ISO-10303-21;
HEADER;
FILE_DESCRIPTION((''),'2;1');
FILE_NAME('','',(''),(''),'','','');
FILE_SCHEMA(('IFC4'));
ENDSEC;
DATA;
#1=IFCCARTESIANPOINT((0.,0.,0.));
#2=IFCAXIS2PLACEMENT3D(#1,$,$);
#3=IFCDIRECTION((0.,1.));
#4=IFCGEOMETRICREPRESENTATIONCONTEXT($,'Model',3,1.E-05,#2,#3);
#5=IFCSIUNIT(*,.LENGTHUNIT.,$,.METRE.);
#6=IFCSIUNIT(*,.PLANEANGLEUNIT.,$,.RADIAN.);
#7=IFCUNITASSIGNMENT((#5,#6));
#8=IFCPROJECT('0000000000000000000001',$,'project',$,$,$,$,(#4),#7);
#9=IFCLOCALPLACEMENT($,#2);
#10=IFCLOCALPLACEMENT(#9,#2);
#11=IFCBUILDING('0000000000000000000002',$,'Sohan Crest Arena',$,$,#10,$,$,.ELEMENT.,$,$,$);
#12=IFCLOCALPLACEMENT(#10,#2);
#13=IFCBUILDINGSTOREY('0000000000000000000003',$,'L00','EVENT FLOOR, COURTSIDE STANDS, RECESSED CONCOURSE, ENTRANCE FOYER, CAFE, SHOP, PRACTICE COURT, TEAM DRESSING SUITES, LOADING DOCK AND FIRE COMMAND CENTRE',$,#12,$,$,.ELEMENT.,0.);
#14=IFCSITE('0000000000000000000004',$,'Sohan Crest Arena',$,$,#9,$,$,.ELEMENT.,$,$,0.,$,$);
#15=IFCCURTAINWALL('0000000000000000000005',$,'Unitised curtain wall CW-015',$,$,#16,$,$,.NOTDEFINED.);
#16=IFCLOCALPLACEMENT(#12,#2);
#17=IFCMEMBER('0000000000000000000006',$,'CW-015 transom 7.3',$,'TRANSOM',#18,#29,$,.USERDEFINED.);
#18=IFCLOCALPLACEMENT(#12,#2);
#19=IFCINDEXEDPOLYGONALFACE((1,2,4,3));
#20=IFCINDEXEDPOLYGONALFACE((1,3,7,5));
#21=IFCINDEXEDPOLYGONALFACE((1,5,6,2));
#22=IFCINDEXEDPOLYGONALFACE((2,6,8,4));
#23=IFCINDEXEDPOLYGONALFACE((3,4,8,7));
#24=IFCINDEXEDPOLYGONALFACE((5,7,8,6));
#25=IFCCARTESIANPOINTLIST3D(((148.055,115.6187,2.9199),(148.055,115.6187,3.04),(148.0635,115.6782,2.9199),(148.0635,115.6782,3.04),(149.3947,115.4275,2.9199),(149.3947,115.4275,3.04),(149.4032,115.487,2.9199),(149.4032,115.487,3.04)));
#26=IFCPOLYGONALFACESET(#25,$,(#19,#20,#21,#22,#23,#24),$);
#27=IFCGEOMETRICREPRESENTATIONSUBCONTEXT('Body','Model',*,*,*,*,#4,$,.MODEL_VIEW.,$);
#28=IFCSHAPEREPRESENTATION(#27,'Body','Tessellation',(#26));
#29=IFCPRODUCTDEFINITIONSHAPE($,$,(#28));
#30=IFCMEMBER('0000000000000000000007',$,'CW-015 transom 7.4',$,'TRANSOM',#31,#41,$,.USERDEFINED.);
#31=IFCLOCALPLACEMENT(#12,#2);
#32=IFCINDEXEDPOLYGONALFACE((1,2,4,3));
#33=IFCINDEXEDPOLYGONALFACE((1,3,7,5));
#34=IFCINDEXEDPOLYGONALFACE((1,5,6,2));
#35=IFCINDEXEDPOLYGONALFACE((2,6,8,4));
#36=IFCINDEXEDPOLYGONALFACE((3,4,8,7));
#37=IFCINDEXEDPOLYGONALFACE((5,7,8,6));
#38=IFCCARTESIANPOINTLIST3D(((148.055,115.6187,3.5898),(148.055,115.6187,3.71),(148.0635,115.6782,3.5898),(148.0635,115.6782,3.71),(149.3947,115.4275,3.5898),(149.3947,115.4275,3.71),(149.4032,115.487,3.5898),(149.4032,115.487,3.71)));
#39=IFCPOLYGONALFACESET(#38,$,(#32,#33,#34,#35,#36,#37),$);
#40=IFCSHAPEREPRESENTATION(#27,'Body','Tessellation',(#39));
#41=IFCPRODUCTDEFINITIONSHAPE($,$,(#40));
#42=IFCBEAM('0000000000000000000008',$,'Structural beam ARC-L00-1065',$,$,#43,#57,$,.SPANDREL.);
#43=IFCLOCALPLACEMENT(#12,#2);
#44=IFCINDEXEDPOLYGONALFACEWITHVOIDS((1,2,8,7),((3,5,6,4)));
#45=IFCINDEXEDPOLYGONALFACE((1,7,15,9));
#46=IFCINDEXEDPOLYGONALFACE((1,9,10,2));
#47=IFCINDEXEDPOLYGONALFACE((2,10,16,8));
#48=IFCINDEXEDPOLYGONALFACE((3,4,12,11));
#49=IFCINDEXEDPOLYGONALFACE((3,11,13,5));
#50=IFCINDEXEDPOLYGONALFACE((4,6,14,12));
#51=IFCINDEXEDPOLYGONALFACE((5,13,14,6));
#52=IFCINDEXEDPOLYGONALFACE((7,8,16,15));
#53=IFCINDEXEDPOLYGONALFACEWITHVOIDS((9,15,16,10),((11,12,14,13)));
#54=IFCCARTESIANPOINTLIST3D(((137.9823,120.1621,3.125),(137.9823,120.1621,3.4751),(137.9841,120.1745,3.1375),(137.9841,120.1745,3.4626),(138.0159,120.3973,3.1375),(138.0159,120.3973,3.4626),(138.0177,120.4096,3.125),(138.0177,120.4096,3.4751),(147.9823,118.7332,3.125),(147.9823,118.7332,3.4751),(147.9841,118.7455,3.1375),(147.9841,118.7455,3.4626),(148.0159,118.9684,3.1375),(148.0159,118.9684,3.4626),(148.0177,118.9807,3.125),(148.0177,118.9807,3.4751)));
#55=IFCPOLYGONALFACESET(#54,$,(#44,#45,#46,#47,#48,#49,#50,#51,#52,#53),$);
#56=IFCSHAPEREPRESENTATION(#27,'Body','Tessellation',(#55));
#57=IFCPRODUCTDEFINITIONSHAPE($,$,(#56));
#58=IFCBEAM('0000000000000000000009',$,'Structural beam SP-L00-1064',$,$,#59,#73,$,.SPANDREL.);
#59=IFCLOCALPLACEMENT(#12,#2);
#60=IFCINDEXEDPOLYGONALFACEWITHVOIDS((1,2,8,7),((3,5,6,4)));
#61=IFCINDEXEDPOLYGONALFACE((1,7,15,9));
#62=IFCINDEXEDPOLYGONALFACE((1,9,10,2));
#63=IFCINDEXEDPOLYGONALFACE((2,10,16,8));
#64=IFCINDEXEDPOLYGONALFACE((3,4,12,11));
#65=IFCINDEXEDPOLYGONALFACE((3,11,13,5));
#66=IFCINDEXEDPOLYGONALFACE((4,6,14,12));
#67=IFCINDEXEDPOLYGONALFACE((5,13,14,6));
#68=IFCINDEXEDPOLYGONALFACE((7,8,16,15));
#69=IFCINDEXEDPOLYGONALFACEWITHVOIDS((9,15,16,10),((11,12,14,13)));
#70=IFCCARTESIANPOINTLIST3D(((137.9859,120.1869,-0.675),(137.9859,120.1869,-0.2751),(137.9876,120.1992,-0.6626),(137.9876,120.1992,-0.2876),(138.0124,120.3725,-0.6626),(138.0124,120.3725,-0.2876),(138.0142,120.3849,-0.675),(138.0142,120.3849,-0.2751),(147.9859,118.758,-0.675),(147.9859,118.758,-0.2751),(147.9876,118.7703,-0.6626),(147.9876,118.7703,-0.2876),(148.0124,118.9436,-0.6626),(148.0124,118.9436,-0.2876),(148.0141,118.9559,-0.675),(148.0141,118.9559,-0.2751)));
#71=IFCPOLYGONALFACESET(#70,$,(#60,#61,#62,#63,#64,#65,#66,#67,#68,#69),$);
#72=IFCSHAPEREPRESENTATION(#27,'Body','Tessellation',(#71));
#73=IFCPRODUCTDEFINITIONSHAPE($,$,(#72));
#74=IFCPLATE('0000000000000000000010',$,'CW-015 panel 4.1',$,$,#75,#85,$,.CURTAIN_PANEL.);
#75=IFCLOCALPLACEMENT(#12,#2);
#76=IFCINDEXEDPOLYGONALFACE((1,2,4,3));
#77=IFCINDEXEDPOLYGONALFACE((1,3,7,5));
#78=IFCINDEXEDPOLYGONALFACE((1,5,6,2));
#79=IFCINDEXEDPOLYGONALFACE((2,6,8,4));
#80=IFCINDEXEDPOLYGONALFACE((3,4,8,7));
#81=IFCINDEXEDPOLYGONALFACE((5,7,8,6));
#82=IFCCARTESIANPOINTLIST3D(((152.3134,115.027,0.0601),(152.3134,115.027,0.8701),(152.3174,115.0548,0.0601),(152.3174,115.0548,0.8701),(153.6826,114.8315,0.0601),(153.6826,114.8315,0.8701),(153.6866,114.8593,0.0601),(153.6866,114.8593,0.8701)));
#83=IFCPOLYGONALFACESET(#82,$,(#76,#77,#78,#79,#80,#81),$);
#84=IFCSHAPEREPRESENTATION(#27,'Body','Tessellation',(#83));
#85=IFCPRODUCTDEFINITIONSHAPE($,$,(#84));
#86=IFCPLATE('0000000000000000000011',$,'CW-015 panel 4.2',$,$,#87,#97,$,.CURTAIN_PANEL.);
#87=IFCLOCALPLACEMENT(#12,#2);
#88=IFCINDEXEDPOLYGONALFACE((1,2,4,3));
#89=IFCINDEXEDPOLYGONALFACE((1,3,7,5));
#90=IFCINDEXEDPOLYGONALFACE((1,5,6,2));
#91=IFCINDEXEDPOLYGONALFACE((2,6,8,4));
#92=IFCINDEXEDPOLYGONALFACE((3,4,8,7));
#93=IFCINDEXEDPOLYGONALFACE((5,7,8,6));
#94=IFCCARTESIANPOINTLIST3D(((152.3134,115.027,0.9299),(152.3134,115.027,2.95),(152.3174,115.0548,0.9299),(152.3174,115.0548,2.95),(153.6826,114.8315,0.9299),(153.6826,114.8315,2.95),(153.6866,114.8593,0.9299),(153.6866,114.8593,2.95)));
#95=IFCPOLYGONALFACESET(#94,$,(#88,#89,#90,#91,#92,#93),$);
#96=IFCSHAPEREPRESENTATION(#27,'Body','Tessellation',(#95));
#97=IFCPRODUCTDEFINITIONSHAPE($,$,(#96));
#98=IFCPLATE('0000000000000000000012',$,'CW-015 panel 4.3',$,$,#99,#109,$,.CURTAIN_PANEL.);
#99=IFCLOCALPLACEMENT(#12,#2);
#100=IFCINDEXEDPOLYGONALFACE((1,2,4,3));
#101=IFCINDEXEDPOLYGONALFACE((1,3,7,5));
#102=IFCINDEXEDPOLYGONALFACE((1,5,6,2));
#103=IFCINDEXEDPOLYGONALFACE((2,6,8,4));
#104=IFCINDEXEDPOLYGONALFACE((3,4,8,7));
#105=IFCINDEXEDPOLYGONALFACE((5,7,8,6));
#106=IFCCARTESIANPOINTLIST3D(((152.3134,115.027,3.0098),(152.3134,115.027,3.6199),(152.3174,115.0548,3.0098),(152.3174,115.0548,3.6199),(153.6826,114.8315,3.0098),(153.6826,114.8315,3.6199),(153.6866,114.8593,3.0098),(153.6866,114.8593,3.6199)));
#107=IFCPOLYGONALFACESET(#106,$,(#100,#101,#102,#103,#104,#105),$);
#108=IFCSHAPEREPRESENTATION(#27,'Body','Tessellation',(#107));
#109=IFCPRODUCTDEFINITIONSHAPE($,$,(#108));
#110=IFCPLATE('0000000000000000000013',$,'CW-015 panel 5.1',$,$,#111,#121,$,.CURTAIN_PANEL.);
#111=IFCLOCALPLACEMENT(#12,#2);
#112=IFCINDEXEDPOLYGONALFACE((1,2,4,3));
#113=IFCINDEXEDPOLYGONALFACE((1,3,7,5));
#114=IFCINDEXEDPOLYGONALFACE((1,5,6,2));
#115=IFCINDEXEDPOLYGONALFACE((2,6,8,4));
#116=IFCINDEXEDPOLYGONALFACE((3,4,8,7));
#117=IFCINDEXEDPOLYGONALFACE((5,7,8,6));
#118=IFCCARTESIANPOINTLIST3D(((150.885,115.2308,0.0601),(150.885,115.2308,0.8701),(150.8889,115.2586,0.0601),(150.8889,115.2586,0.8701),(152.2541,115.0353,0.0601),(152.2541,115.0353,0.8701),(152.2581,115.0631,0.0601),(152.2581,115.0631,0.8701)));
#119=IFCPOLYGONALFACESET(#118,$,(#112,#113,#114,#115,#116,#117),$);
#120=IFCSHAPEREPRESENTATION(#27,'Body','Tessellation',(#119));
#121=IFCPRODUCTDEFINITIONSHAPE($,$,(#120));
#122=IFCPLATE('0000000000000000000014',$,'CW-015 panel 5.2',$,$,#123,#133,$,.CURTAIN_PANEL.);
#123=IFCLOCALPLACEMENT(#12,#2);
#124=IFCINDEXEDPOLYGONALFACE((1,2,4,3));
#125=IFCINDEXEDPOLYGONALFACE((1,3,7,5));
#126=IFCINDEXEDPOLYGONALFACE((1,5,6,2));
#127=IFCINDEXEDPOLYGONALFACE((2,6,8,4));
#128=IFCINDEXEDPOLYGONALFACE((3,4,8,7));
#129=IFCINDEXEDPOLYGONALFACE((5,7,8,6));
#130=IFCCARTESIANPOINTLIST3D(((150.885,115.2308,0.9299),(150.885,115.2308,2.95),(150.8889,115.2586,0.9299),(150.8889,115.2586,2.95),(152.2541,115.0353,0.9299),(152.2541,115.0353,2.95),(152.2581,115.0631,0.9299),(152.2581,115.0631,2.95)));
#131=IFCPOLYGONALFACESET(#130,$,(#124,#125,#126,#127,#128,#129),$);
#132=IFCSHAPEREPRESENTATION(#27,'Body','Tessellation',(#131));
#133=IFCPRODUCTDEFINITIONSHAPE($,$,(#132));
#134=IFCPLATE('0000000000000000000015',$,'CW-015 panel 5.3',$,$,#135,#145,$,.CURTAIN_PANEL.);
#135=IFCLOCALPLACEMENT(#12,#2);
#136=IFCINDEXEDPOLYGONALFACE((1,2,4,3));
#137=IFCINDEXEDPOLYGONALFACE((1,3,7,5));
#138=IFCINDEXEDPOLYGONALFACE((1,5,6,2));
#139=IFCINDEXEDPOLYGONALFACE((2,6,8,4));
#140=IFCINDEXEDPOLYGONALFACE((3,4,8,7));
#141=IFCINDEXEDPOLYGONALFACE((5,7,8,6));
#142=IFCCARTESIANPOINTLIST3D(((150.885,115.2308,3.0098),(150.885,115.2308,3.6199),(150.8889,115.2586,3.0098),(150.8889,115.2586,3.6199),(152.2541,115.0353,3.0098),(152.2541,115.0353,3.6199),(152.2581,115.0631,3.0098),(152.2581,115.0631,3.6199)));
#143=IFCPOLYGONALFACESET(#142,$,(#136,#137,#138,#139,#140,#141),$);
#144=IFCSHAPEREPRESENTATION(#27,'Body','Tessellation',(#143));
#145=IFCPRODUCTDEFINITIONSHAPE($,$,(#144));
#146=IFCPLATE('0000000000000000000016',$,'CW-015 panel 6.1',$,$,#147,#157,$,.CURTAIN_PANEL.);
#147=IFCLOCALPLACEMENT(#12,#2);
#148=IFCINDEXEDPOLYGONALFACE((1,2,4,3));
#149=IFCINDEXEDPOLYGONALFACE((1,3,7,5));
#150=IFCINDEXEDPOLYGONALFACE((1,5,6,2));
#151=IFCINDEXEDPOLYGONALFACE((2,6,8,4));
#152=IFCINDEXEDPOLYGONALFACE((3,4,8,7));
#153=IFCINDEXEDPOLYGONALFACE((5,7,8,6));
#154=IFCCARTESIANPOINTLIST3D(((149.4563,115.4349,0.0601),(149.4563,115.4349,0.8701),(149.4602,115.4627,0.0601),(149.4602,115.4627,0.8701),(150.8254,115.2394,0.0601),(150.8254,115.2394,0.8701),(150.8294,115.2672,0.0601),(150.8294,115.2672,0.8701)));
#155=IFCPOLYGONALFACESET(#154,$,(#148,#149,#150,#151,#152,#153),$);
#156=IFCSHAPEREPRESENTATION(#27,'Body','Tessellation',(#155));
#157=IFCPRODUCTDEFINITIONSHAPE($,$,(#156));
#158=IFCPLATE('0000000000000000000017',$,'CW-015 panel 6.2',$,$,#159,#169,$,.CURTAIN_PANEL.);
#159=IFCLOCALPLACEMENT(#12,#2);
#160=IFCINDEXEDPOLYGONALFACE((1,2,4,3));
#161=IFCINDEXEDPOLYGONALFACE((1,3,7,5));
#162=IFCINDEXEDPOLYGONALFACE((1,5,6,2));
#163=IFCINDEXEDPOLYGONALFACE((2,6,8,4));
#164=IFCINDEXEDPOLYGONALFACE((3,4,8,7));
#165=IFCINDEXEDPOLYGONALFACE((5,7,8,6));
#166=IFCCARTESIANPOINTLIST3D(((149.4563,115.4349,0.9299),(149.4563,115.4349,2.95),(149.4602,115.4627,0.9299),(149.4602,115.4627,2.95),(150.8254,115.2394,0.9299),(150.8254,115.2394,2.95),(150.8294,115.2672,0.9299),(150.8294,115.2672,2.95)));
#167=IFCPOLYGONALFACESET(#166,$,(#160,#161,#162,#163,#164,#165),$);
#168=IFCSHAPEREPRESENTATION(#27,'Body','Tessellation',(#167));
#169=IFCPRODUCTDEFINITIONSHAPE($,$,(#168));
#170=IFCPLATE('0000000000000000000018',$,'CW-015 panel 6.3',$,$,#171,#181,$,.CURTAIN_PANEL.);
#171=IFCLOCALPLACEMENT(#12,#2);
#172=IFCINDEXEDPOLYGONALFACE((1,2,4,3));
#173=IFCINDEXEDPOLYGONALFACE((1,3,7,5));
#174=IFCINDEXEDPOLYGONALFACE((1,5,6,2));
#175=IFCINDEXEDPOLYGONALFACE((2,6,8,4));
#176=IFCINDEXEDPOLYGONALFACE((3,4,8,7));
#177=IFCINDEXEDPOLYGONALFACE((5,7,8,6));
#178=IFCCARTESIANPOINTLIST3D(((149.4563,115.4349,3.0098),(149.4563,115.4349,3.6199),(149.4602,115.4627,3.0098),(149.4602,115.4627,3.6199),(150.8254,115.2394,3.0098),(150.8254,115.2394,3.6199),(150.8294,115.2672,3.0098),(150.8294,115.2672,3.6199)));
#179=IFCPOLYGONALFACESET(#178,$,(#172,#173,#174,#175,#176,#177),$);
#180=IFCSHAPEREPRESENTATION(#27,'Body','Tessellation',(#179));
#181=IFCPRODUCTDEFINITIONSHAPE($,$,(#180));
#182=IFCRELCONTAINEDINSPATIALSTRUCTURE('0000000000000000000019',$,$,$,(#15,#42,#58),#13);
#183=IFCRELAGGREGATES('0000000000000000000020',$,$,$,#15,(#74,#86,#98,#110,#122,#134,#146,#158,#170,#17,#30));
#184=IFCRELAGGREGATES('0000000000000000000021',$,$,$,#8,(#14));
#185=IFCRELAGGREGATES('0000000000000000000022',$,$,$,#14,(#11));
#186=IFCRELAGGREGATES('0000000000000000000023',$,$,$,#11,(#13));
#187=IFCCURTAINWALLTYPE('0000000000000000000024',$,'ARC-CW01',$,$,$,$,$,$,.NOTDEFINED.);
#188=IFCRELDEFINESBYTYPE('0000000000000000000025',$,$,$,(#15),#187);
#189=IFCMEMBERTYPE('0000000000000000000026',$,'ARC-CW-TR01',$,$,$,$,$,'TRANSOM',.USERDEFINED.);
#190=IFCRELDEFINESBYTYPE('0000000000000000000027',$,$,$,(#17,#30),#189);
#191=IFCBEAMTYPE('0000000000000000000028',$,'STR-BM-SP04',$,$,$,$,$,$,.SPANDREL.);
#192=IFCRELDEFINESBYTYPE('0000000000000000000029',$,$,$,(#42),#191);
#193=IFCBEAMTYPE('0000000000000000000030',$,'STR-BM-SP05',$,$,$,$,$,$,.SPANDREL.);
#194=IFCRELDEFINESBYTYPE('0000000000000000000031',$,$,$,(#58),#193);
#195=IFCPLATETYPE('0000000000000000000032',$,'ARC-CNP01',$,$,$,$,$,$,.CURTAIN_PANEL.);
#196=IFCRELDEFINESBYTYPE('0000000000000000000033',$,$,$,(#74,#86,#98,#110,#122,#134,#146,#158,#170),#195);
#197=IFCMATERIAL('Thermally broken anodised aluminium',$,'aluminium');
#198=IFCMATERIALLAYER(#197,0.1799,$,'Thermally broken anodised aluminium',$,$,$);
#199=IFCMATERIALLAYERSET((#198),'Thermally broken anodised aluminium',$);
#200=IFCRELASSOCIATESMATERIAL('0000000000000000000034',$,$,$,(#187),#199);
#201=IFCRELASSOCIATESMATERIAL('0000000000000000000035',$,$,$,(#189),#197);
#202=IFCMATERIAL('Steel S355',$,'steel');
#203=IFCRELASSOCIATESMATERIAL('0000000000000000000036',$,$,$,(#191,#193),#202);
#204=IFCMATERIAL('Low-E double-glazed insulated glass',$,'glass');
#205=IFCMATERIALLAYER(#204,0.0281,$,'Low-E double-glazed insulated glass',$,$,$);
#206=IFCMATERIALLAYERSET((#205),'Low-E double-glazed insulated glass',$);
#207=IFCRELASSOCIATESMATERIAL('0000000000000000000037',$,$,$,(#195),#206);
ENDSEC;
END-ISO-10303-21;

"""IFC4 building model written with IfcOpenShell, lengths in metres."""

from ifc_helpers import new_model, si_unit, direction, frame, origin, origin_2d, place, context, subcontext, project, spatial, rectangle, hollow_rectangle, extrude, material, layer, layer_set, material_profile, profile_set, type_object, element, aggregate, save


model = new_model("IFC4")

# Units and contexts
model_context = context("Model", 3, precision=1e-05, world=origin(), true_north=direction((0.0, 1.0)))
body_context = subcontext(model_context, "Body", "Model", "MODEL_VIEW")
ifc_project = project(units=[si_unit("LENGTHUNIT", "METRE"), si_unit("PLANEANGLEUNIT", "RADIAN")], contexts=[model_context])

# Site, building, storey
site_placement = place(None, origin())
site = spatial("IfcSite", under=ifc_project, at=site_placement, Name="Sohan Crest Arena", CompositionType="ELEMENT", RefElevation=0.0)
building_placement = place(site_placement, origin())
building = spatial("IfcBuilding", under=site, at=building_placement, Name="Sohan Crest Arena", CompositionType="ELEMENT")
storey_placement = place(building_placement, origin())
storey = spatial("IfcBuildingStorey", under=building, at=storey_placement, Name="L00", Description="EVENT FLOOR, COURTSIDE STANDS, RECESSED CONCOURSE, ENTRANCE FOYER, CAFE, SHOP, PRACTICE COURT, TEAM DRESSING SUITES, LOADING DOCK AND FIRE COMMAND CENTRE", CompositionType="ELEMENT", Elevation=0.0)

# Curtain wall, members
ifc_material_1 = material(Name="Thermally broken anodised aluminium", Category="aluminium")
ifc_layer_1 = layer(ifc_material_1, 0.1799, Name="Thermally broken anodised aluminium")
ifc_layer_set_1 = layer_set([ifc_layer_1], Name="Thermally broken anodised aluminium")
curtain_wall_type = type_object("IfcCurtainWallType", Name="ARC-CW01", PredefinedType="NOTDEFINED", material=ifc_layer_set_1)
curtain_wall_placement = place(storey_placement, origin())
curtain_wall = element("IfcCurtainWall", 1, at=curtain_wall_placement, inside=storey, type_object=curtain_wall_type, Name="Unitised curtain wall CW-015", PredefinedType="NOTDEFINED")
ifc_material_profile_1 = material_profile(ifc_material_1, rectangle(XDim=0.0601, YDim=0.1201, at=origin_2d()), Name="ALU-TRAN 60x120")
ifc_profile_set_1 = profile_set([ifc_material_profile_1], Name="Thermally broken anodised aluminium")
member_type_1 = type_object("IfcMemberType", Name="ARC-CW-TR01", ElementType="TRANSOM", PredefinedType="USERDEFINED", material=ifc_profile_set_1)
member_1_placement = place(storey_placement, frame((149.3989, 115.4573, 2.98), z_axis=(-0.989971, 0.14127, 0.0), x_axis=(-0.14127, -0.989971, 0.0)))
member_1 = element("IfcMember", 2, at=member_1_placement, type_object=member_type_1, Name="CW-015 transom 7.3", ObjectType="TRANSOM", PredefinedType="USERDEFINED", context=body_context, shape_type="SweptSolid", body=[
    extrude(rectangle(XDim=0.0601, YDim=0.1201, at=origin_2d()), origin(), (0.0, 0.0, 1.0), 1.3533),
])
member_2_placement = place(storey_placement, frame((149.3989, 115.4573, 3.6499), z_axis=(-0.989971, 0.14127, 0.0), x_axis=(-0.14127, -0.989971, 0.0)))
member_2 = element("IfcMember", 3, at=member_2_placement, type_object=member_type_1, Name="CW-015 transom 7.4", ObjectType="TRANSOM", PredefinedType="USERDEFINED", context=body_context, shape_type="SweptSolid", body=[
    extrude(rectangle(XDim=0.0601, YDim=0.1201, at=origin_2d()), origin(), (0.0, 0.0, 1.0), 1.3533),
])

# Beams
ifc_material_2 = material(Name="Steel S355", Category="steel")
ifc_material_profile_2 = material_profile(ifc_material_2, hollow_rectangle(XDim=0.25, YDim=0.3501, WallThickness=0.0125, at=origin_2d()), Name="RHS 350x250x12.5")
ifc_profile_set_2 = profile_set([ifc_material_profile_2], Name="Steel S355")
beam_type_1 = type_object("IfcBeamType", Name="STR-BM-SP04", PredefinedType="SPANDREL", material=ifc_profile_set_2)
beam_1_placement = place(storey_placement, frame((148.0, 118.8569, 3.3), z_axis=(-0.989944, 0.141459, 0.0), x_axis=(-0.141459, -0.989944, 0.0)))
element("IfcBeam", 4, at=beam_1_placement, inside=storey, type_object=beam_type_1, Name="Structural beam ARC-L00-1065", PredefinedType="SPANDREL", context=body_context, shape_type="SweptSolid", body=[
    extrude(hollow_rectangle(XDim=0.25, YDim=0.3501, WallThickness=0.0125, at=origin_2d()), origin(), (0.0, 0.0, 1.0), 10.1016),
])
ifc_material_profile_3 = material_profile(ifc_material_2, hollow_rectangle(XDim=0.2, YDim=0.3999, WallThickness=0.0125, at=origin_2d()), Name="RHS 400x200x12.5")
ifc_profile_set_3 = profile_set([ifc_material_profile_3], Name="Steel S355")
beam_type_2 = type_object("IfcBeamType", Name="STR-BM-SP05", PredefinedType="SPANDREL", material=ifc_profile_set_3)
beam_2_placement = place(storey_placement, frame((148.0, 118.8569, -0.4751), z_axis=(-0.989944, 0.141459, 0.0), x_axis=(-0.141459, -0.989944, 0.0)))
element("IfcBeam", 5, at=beam_2_placement, inside=storey, type_object=beam_type_2, Name="Structural beam SP-L00-1064", PredefinedType="SPANDREL", context=body_context, shape_type="SweptSolid", body=[
    extrude(hollow_rectangle(XDim=0.2, YDim=0.3999, WallThickness=0.0125, at=origin_2d()), origin(), (0.0, 0.0, 1.0), 10.1016),
])

# Plates
ifc_material_3 = material(Name="Low-E double-glazed insulated glass", Category="glass")
ifc_layer_2 = layer(ifc_material_3, 0.0281, Name="Low-E double-glazed insulated glass")
ifc_layer_set_2 = layer_set([ifc_layer_2], Name="Low-E double-glazed insulated glass")
plate_type = type_object("IfcPlateType", Name="ARC-CNP01", PredefinedType="CURTAIN_PANEL", material=ifc_layer_set_2)
plate_1_placement = place(storey_placement, frame((153.0, 114.9431, 0.0601), z_axis=(0.0, 0.0, 1.0), x_axis=(-0.989957, 0.141366, 0.0)))
plate_1 = element("IfcPlate", 6, at=plate_1_placement, type_object=plate_type, Name="CW-015 panel 4.1", PredefinedType="CURTAIN_PANEL", context=body_context, shape_type="SweptSolid", body=[
    extrude(rectangle(XDim=1.3831, YDim=0.0281, at=origin_2d()), origin(), (0.0, 0.0, 1.0), 0.8101),
])
plate_2_placement = place(storey_placement, frame((153.0, 114.9431, 0.9299), z_axis=(0.0, 0.0, 1.0), x_axis=(-0.989957, 0.141366, 0.0)))
plate_2 = element("IfcPlate", 7, at=plate_2_placement, type_object=plate_type, Name="CW-015 panel 4.2", PredefinedType="CURTAIN_PANEL", context=body_context, shape_type="SweptSolid", body=[
    extrude(rectangle(XDim=1.3831, YDim=0.0281, at=origin_2d()), origin(), (0.0, 0.0, 1.0), 2.02),
])
plate_3_placement = place(storey_placement, frame((153.0, 114.9431, 3.0098), z_axis=(0.0, 0.0, 1.0), x_axis=(-0.989957, 0.141366, 0.0)))
plate_3 = element("IfcPlate", 8, at=plate_3_placement, type_object=plate_type, Name="CW-015 panel 4.3", PredefinedType="CURTAIN_PANEL", context=body_context, shape_type="SweptSolid", body=[
    extrude(rectangle(XDim=1.3831, YDim=0.0281, at=origin_2d()), origin(), (0.0, 0.0, 1.0), 0.6101),
])
plate_4_placement = place(storey_placement, frame((151.5715, 115.147, 0.0601), z_axis=(0.0, 0.0, 1.0), x_axis=(-0.989957, 0.141366, 0.0)))
plate_4 = element("IfcPlate", 9, at=plate_4_placement, type_object=plate_type, Name="CW-015 panel 5.1", PredefinedType="CURTAIN_PANEL", context=body_context, shape_type="SweptSolid", body=[
    extrude(rectangle(XDim=1.3831, YDim=0.0281, at=origin_2d()), origin(), (0.0, 0.0, 1.0), 0.8101),
])
plate_5_placement = place(storey_placement, frame((151.5715, 115.147, 0.9299), z_axis=(0.0, 0.0, 1.0), x_axis=(-0.989957, 0.141366, 0.0)))
plate_5 = element("IfcPlate", 10, at=plate_5_placement, type_object=plate_type, Name="CW-015 panel 5.2", PredefinedType="CURTAIN_PANEL", context=body_context, shape_type="SweptSolid", body=[
    extrude(rectangle(XDim=1.3831, YDim=0.0281, at=origin_2d()), origin(), (0.0, 0.0, 1.0), 2.02),
])
plate_6_placement = place(storey_placement, frame((151.5715, 115.147, 3.0098), z_axis=(0.0, 0.0, 1.0), x_axis=(-0.989957, 0.141366, 0.0)))
plate_6 = element("IfcPlate", 11, at=plate_6_placement, type_object=plate_type, Name="CW-015 panel 5.3", PredefinedType="CURTAIN_PANEL", context=body_context, shape_type="SweptSolid", body=[
    extrude(rectangle(XDim=1.3831, YDim=0.0281, at=origin_2d()), origin(), (0.0, 0.0, 1.0), 0.6101),
])
plate_7_placement = place(storey_placement, frame((150.1428, 115.3511, 0.0601), z_axis=(0.0, 0.0, 1.0), x_axis=(-0.989957, 0.141366, 0.0)))
plate_7 = element("IfcPlate", 12, at=plate_7_placement, type_object=plate_type, Name="CW-015 panel 6.1", PredefinedType="CURTAIN_PANEL", context=body_context, shape_type="SweptSolid", body=[
    extrude(rectangle(XDim=1.3831, YDim=0.0281, at=origin_2d()), origin(), (0.0, 0.0, 1.0), 0.8101),
])
plate_8_placement = place(storey_placement, frame((150.1428, 115.3511, 0.9299), z_axis=(0.0, 0.0, 1.0), x_axis=(-0.989957, 0.141366, 0.0)))
plate_8 = element("IfcPlate", 13, at=plate_8_placement, type_object=plate_type, Name="CW-015 panel 6.2", PredefinedType="CURTAIN_PANEL", context=body_context, shape_type="SweptSolid", body=[
    extrude(rectangle(XDim=1.3831, YDim=0.0281, at=origin_2d()), origin(), (0.0, 0.0, 1.0), 2.02),
])
plate_9_placement = place(storey_placement, frame((150.1428, 115.3511, 3.0098), z_axis=(0.0, 0.0, 1.0), x_axis=(-0.989957, 0.141366, 0.0)))
plate_9 = element("IfcPlate", 14, at=plate_9_placement, type_object=plate_type, Name="CW-015 panel 6.3", PredefinedType="CURTAIN_PANEL", context=body_context, shape_type="SweptSolid", body=[
    extrude(rectangle(XDim=1.3831, YDim=0.0281, at=origin_2d()), origin(), (0.0, 0.0, 1.0), 0.6101),
])
aggregate(curtain_wall, [plate_1, plate_2, plate_3, plate_4, plate_5, plate_6, plate_7, plate_8, plate_9, member_1, member_2])

save(model, "model.ifc")
